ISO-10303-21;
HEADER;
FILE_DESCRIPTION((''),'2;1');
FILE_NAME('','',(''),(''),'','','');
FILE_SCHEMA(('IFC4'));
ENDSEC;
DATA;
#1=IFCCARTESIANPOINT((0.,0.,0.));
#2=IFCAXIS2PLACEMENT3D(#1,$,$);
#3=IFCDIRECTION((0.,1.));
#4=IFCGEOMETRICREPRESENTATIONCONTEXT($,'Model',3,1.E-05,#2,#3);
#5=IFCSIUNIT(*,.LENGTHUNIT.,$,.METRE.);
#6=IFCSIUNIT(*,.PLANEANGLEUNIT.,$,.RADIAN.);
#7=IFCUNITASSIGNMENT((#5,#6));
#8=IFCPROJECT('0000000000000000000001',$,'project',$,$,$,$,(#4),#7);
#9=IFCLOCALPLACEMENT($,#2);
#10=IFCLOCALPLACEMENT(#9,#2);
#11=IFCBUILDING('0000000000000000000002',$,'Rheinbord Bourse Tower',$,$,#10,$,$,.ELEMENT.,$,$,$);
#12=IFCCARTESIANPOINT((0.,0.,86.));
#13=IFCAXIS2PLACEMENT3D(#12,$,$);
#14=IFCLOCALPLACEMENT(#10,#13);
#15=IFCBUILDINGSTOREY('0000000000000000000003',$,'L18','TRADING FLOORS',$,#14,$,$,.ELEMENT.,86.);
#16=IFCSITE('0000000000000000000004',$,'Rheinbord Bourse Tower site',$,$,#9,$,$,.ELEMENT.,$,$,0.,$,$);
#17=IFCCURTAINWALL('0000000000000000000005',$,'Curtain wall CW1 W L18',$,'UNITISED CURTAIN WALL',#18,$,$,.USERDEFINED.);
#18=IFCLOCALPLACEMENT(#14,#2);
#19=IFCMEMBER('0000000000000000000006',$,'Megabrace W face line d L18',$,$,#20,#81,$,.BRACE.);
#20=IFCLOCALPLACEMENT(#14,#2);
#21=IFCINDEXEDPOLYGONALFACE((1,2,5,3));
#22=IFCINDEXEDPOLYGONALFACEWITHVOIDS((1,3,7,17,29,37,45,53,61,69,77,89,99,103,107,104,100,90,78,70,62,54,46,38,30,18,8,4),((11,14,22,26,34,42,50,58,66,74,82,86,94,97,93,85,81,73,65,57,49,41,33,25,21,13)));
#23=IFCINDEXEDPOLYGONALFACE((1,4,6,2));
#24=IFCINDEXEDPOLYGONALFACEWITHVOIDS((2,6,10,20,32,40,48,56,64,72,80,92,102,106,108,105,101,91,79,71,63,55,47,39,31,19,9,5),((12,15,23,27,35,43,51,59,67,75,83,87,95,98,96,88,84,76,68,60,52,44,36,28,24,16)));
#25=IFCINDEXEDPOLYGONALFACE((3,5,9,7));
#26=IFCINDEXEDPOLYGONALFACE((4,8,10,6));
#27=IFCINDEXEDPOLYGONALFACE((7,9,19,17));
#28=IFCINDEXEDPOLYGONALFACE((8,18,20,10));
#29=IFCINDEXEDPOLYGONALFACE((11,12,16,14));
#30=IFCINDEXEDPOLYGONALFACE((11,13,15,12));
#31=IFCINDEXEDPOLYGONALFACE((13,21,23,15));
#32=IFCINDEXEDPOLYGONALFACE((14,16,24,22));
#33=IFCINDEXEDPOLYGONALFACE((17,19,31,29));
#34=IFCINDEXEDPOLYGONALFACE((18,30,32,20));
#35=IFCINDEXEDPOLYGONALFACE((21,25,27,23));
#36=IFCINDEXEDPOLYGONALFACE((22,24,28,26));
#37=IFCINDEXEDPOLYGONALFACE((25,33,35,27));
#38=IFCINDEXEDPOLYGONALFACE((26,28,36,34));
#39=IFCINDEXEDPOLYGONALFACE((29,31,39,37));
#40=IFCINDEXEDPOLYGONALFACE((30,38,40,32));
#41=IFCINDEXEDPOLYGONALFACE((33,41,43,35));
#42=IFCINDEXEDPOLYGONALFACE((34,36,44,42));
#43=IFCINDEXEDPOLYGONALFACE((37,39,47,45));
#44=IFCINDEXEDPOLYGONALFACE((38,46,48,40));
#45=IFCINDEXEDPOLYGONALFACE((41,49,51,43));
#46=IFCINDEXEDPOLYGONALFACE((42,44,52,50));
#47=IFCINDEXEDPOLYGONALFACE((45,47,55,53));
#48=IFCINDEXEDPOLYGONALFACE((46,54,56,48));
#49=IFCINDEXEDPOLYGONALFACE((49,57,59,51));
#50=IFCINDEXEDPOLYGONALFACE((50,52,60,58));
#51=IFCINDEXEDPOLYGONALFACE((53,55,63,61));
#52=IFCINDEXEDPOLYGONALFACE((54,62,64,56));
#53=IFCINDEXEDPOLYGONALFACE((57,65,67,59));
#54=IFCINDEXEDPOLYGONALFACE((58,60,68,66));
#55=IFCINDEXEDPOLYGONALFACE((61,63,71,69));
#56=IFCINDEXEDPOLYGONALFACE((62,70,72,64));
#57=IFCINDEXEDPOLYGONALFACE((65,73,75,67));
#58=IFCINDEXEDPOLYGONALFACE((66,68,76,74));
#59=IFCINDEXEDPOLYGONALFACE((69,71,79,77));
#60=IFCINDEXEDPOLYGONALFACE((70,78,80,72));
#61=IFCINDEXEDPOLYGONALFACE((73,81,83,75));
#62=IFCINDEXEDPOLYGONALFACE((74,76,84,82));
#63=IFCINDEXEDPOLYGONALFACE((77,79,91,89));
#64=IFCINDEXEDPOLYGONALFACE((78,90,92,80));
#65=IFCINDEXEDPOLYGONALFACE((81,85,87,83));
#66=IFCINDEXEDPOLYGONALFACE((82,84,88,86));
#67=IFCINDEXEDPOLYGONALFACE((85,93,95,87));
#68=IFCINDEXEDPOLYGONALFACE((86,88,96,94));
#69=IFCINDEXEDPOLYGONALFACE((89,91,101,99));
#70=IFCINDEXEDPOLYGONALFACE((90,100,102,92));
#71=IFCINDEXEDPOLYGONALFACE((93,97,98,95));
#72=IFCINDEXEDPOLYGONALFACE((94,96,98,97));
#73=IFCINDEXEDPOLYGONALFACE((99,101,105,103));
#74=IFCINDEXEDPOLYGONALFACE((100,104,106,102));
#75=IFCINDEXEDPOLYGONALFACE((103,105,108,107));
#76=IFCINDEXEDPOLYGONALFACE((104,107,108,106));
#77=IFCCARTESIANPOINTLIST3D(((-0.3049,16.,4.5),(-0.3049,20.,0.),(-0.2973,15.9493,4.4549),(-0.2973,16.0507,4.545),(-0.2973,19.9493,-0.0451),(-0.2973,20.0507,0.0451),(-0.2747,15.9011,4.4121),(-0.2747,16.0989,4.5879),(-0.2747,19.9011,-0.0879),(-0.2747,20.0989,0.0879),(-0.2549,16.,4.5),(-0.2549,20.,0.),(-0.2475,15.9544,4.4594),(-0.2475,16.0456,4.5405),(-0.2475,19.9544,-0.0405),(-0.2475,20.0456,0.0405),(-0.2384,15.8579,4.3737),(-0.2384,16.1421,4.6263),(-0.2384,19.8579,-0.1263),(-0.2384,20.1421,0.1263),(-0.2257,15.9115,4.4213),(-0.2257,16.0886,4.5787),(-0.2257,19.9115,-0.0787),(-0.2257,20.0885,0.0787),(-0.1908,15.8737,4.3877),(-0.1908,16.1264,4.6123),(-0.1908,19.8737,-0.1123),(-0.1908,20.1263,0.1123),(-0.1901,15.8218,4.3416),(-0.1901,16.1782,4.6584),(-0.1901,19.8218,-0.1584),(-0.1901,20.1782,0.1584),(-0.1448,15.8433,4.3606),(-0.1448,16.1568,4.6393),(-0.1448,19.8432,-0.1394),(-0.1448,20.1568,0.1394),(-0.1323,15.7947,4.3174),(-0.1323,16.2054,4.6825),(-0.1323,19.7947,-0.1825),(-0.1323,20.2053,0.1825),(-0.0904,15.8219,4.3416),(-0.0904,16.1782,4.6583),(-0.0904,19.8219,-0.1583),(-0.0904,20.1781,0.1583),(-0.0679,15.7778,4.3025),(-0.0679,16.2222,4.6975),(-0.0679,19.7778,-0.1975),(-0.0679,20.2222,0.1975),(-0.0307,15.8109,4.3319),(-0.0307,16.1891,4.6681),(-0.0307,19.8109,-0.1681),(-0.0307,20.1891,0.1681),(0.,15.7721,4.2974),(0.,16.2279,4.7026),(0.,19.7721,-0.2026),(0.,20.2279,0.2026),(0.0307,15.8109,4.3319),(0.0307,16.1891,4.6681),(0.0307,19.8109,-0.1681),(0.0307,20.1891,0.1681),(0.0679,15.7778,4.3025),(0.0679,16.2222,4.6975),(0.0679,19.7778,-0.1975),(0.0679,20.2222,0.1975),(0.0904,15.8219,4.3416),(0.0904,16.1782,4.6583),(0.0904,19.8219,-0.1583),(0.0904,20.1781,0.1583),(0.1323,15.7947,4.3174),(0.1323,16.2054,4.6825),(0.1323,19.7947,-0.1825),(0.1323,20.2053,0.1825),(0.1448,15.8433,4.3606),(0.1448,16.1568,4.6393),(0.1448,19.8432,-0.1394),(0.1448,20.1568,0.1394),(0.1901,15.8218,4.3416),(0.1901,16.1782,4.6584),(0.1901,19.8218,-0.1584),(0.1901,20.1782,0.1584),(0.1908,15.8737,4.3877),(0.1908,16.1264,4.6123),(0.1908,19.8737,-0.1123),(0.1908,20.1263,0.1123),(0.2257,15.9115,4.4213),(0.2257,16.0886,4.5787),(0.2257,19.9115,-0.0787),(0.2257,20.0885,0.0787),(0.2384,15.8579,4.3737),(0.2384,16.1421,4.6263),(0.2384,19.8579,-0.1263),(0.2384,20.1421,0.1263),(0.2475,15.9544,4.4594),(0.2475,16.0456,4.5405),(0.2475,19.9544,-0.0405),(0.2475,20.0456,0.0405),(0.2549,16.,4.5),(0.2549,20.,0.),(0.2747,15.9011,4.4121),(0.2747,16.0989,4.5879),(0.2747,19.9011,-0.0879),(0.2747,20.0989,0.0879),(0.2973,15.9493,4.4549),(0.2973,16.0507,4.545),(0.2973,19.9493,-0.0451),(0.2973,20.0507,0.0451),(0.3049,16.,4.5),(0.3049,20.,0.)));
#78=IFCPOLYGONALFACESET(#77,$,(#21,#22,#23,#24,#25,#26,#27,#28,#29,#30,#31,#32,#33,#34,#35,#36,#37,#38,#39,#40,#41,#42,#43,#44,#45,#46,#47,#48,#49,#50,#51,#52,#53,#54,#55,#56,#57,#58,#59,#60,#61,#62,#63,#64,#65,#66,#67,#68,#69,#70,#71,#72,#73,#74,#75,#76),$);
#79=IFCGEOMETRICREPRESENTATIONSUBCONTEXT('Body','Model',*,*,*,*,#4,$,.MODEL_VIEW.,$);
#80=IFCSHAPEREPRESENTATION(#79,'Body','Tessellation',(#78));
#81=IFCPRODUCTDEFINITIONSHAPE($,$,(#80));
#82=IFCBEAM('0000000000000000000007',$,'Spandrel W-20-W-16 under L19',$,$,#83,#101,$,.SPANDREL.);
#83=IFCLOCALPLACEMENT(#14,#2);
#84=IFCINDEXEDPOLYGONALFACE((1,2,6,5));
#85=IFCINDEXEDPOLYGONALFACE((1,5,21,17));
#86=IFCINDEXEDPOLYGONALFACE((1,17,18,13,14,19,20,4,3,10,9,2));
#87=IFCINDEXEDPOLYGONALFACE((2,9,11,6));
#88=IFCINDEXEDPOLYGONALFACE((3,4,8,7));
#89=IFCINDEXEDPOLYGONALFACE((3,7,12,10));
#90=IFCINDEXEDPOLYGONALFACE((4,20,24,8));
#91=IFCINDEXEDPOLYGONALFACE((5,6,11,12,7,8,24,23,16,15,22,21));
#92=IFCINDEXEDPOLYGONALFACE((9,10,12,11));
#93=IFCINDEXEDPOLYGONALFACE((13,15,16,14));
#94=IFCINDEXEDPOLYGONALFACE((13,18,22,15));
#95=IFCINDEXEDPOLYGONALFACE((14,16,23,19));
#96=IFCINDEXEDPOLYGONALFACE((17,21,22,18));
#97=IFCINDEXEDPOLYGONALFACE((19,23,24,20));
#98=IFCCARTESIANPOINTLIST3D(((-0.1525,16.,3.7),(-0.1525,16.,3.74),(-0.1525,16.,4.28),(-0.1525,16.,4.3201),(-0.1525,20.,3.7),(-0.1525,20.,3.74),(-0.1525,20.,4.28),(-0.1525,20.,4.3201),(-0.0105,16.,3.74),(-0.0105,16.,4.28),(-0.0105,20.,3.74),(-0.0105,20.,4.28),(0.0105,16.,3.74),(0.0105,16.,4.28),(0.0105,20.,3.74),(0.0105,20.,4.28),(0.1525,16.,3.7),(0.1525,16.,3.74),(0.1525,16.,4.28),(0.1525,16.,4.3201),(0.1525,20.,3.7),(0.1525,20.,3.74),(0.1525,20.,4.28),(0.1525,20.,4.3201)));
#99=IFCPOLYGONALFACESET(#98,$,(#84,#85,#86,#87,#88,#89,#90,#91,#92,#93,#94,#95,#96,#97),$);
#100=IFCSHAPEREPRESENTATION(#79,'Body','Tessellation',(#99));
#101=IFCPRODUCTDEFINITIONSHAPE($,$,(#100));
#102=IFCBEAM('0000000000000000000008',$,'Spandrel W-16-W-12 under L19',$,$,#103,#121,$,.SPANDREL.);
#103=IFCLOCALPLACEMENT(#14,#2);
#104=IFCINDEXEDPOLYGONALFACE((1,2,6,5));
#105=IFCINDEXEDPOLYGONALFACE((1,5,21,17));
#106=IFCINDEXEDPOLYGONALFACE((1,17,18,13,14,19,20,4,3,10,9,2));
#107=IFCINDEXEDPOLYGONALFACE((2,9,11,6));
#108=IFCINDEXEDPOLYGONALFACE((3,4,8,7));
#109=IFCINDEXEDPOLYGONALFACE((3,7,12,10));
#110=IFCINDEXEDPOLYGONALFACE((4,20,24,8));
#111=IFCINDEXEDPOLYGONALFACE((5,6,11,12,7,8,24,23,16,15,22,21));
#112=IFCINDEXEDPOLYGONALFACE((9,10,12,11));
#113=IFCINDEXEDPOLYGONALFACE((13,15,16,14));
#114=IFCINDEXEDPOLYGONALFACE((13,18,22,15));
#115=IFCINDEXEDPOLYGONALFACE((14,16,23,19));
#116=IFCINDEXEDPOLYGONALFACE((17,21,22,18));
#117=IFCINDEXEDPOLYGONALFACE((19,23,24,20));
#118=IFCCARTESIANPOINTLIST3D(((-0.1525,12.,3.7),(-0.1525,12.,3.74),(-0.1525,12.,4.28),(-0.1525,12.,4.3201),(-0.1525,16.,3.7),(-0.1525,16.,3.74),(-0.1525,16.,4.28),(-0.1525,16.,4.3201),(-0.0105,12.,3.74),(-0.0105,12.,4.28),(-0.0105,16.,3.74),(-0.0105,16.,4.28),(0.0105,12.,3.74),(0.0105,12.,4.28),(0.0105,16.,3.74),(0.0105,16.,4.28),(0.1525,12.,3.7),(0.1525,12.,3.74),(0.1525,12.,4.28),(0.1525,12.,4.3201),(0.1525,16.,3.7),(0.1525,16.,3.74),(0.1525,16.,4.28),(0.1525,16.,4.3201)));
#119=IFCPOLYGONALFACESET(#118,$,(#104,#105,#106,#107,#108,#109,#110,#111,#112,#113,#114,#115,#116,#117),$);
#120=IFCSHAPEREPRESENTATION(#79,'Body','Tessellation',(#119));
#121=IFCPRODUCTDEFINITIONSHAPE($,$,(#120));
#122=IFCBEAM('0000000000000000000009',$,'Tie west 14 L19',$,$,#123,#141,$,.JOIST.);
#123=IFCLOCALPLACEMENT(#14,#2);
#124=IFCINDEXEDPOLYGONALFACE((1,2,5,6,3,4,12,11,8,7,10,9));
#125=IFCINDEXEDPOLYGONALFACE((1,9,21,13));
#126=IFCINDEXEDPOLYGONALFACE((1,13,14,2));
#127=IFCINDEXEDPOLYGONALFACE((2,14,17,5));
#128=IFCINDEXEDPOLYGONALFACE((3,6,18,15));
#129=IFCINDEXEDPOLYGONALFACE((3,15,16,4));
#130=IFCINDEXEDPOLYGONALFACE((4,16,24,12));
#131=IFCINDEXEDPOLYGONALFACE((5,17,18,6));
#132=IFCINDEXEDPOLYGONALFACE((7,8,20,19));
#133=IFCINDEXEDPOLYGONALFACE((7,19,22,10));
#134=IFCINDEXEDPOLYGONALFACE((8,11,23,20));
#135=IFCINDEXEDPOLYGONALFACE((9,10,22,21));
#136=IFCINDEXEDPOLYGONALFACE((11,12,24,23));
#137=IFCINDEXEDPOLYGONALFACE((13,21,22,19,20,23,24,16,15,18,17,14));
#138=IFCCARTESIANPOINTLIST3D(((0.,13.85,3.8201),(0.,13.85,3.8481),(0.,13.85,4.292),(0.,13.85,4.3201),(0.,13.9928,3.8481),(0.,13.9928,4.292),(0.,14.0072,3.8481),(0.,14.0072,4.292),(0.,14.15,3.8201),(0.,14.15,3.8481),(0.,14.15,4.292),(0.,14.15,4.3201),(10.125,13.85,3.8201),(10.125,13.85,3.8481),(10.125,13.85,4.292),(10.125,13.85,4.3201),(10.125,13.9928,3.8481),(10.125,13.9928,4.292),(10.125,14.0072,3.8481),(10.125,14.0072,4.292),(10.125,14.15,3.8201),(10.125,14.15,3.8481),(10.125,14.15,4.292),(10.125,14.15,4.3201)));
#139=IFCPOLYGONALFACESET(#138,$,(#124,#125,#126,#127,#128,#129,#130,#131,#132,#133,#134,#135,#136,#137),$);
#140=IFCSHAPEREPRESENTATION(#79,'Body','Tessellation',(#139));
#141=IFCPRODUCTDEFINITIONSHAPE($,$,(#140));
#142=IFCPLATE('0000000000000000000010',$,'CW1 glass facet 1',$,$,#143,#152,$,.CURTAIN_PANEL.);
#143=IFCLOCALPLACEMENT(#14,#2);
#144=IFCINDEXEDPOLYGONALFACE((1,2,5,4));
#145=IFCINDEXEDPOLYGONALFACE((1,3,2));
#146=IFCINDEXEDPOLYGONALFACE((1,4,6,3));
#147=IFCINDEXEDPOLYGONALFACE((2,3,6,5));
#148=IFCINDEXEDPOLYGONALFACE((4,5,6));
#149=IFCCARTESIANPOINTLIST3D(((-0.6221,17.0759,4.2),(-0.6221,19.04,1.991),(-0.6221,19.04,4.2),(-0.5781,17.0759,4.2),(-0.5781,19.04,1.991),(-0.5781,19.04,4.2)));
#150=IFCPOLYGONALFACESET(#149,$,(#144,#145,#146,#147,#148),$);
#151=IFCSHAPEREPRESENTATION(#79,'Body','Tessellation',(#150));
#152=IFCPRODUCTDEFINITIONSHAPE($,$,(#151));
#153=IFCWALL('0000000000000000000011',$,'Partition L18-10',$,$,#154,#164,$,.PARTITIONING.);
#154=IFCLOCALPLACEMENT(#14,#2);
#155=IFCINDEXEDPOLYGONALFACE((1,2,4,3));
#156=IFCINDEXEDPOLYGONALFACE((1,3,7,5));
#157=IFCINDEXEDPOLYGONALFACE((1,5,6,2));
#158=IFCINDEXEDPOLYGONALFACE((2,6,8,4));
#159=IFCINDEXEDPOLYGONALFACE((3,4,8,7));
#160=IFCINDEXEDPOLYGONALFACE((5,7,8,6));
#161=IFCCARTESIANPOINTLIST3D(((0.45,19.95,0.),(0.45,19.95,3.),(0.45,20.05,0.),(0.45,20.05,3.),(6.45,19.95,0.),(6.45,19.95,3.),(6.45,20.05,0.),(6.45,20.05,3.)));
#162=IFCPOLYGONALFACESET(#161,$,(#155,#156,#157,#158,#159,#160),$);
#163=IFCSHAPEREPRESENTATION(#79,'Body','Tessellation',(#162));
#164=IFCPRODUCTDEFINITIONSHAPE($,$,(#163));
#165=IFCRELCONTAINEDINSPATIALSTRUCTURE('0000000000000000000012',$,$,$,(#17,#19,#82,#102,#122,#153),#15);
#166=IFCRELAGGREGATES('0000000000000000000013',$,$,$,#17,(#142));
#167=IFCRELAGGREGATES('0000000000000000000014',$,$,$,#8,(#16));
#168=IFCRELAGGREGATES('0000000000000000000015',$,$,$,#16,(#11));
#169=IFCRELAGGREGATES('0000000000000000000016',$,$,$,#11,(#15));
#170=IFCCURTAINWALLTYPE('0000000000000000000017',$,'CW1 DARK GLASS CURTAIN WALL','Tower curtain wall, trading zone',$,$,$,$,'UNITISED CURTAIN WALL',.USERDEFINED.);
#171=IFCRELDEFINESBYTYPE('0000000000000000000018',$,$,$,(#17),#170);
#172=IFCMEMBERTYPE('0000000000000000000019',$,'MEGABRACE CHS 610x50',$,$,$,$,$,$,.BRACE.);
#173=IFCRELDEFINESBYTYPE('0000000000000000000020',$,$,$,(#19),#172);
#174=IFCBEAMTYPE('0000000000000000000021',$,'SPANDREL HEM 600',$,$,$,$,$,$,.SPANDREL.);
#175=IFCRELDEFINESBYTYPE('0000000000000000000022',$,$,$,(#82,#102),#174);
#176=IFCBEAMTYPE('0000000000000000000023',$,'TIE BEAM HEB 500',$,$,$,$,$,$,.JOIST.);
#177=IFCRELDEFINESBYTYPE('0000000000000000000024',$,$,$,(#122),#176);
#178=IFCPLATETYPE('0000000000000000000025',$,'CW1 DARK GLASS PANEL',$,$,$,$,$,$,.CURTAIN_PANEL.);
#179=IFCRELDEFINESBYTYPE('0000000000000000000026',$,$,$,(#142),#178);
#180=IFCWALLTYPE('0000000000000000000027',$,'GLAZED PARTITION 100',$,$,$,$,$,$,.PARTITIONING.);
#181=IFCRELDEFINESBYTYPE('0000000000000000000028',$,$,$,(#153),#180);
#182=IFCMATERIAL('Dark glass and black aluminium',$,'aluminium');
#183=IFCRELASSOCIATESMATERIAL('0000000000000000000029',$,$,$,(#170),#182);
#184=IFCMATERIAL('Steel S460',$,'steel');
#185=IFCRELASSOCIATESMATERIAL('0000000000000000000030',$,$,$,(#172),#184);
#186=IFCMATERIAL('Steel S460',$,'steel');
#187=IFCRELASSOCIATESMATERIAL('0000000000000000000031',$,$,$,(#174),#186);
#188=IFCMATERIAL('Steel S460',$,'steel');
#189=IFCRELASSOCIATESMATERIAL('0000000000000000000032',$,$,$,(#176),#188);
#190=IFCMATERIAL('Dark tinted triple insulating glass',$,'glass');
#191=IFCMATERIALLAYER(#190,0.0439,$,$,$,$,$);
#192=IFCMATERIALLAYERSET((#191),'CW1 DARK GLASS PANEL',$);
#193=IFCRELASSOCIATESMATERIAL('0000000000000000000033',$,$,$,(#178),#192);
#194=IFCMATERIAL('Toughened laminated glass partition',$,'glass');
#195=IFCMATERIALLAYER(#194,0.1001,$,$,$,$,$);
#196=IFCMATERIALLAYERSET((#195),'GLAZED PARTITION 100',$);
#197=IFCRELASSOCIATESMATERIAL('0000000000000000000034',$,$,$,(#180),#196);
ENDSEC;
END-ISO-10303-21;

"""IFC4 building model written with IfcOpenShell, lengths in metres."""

from ifc_helpers import new_model, si_unit, direction, frame, frame_2d, origin, origin_2d, place, context, subcontext, project, spatial, polyline, rectangle, hollow_circle, i_section, outline, extrude, material, layer, layer_set, material_profile, profile_set, type_object, element, aggregate, save


model = new_model("IFC4")

# Units and contexts
model_context = context("Model", 3, precision=1e-05, world=origin(), true_north=direction((0.0, 1.0)))
body_context = subcontext(model_context, "Body", "Model", "MODEL_VIEW")
ifc_project = project(units=[si_unit("LENGTHUNIT", "METRE"), si_unit("PLANEANGLEUNIT", "RADIAN")], contexts=[model_context])

# Site, building, storey
site_placement = place(None, origin())
site = spatial("IfcSite", under=ifc_project, at=site_placement, Name="Rheinbord Bourse Tower site", CompositionType="ELEMENT", RefElevation=0.0)
building_placement = place(site_placement, origin())
building = spatial("IfcBuilding", under=site, at=building_placement, Name="Rheinbord Bourse Tower", CompositionType="ELEMENT")
storey_placement = place(building_placement, frame((0.0, 0.0, 86.0)))
storey = spatial("IfcBuildingStorey", under=building, at=storey_placement, Name="L18", Description="TRADING FLOORS", CompositionType="ELEMENT", Elevation=86.0)

# Curtain wall
ifc_material_1 = material(Name="Dark glass and black aluminium", Category="aluminium")
curtain_wall_type = type_object("IfcCurtainWallType", Name="CW1 DARK GLASS CURTAIN WALL", Description="Tower curtain wall, trading zone", ElementType="UNITISED CURTAIN WALL", PredefinedType="USERDEFINED", material=ifc_material_1)
curtain_wall_placement = place(storey_placement, origin())
curtain_wall = element("IfcCurtainWall", 1, at=curtain_wall_placement, inside=storey, type_object=curtain_wall_type, Name="Curtain wall CW1 W L18", ObjectType="UNITISED CURTAIN WALL", PredefinedType="USERDEFINED")

# Member
ifc_material_2 = material(Name="Steel S460", Category="steel")
ifc_material_profile_1 = material_profile(ifc_material_2, hollow_circle(Radius=0.3049, WallThickness=0.05, at=origin_2d()), Name="CHS 610x50")
ifc_profile_set_1 = profile_set([ifc_material_profile_1], Name="Steel S460")
member_type_1 = type_object("IfcMemberType", Name="MEGABRACE CHS 610x50", PredefinedType="BRACE", material=ifc_profile_set_1)
member_1_placement = place(storey_placement, frame((0.0, 20.0, 0.0), z_axis=(0.0, -0.664364, 0.747409), x_axis=(1.0, 0.0, 0.0)))
element("IfcMember", 2, at=member_1_placement, inside=storey, type_object=member_type_1, Name="Megabrace W face line d L18", PredefinedType="BRACE", context=body_context, shape_type="SweptSolid", body=[
    extrude(hollow_circle(Radius=0.3049, WallThickness=0.05, at=origin_2d()), origin(), (0.0, 0.0, 1.0), 6.0208),
])

# Beams
ifc_material_3 = material(Name="Steel S460", Category="steel")
ifc_material_profile_2 = material_profile(ifc_material_3, i_section(OverallWidth=0.3049, OverallDepth=0.6201, WebThickness=0.021, FlangeThickness=0.04, at=origin_2d()), Name="HEM 600")
ifc_profile_set_2 = profile_set([ifc_material_profile_2], Name="Steel S460")
beam_type_1 = type_object("IfcBeamType", Name="SPANDREL HEM 600", PredefinedType="SPANDREL", material=ifc_profile_set_2)
for number, where, z_axis, x_axis, name in (
    (3, (0.0, 20.0, 4.01), (0.0, -1.0, 0.0), (1.0, 0.0, 0.0), "Spandrel W-20-W-16 under L19"),
    (4, (0.0, 16.0, 4.01), (0.0, -1.0, 0.0), (1.0, 0.0, 0.0), "Spandrel W-16-W-12 under L19"),
):
    element("IfcBeam", number, at=place(storey_placement, frame(where, z_axis=z_axis, x_axis=x_axis)), inside=storey, type_object=beam_type_1, Name=name, PredefinedType="SPANDREL", context=body_context, shape_type="SweptSolid", body=[
        extrude(i_section(OverallWidth=0.3049, OverallDepth=0.6201, WebThickness=0.021, FlangeThickness=0.04, at=origin_2d()), origin(), (0.0, 0.0, 1.0), 4.0),
    ])
ifc_material_4 = material(Name="Steel S460", Category="steel")
ifc_material_profile_3 = material_profile(ifc_material_4, i_section(OverallWidth=0.3, OverallDepth=0.5, WebThickness=0.0144, FlangeThickness=0.0281, at=origin_2d()), Name="HEB 500")
ifc_profile_set_3 = profile_set([ifc_material_profile_3], Name="Steel S460")
beam_type_2 = type_object("IfcBeamType", Name="TIE BEAM HEB 500", PredefinedType="JOIST", material=ifc_profile_set_3)
beam_1_placement = place(storey_placement, frame((0.0, 14.0, 4.0701), z_axis=(1.0, 0.0, 0.0), x_axis=(0.0, 1.0, 0.0)))
element("IfcBeam", 5, at=beam_1_placement, inside=storey, type_object=beam_type_2, Name="Tie west 14 L19", PredefinedType="JOIST", context=body_context, shape_type="SweptSolid", body=[
    extrude(i_section(OverallWidth=0.3, OverallDepth=0.5, WebThickness=0.0144, FlangeThickness=0.0281, at=origin_2d()), origin(), (0.0, 0.0, 1.0), 10.125),
])

# Plate
ifc_material_5 = material(Name="Dark tinted triple insulating glass", Category="glass")
ifc_layer_1 = layer(ifc_material_5, 0.0439)
ifc_layer_set_1 = layer_set([ifc_layer_1], Name="CW1 DARK GLASS PANEL")
plate_type = type_object("IfcPlateType", Name="CW1 DARK GLASS PANEL", PredefinedType="CURTAIN_PANEL", material=ifc_layer_set_1)
plate_placement = place(storey_placement, frame((-0.6221, 19.04, 4.2), z_axis=(1.0, 0.0, 0.0), x_axis=(0.0, -1.0, 0.0)))
plate = element("IfcPlate", 6, at=plate_placement, type_object=plate_type, Name="CW1 glass facet 1", PredefinedType="CURTAIN_PANEL", context=body_context, shape_type="SweptSolid", body=[
    extrude(outline(polyline([(0.0, 0.0), (1.9641, 0.0), (0.0, 2.209), (0.0, 0.0)])), origin(), (0.0, 0.0, 1.0), 0.0439),
])
aggregate(curtain_wall, [plate])

# Wall
ifc_material_6 = material(Name="Toughened laminated glass partition", Category="glass")
ifc_layer_2 = layer(ifc_material_6, 0.1001)
ifc_layer_set_2 = layer_set([ifc_layer_2], Name="GLAZED PARTITION 100")
wall_type = type_object("IfcWallType", Name="GLAZED PARTITION 100", PredefinedType="PARTITIONING", material=ifc_layer_set_2)
wall_1_placement = place(storey_placement, frame((0.45, 20.0, 0.0), z_axis=(0.0, 0.0, 1.0), x_axis=(1.0, 0.0, 0.0)))
element("IfcWall", 7, at=wall_1_placement, inside=storey, type_object=wall_type, Name="Partition L18-10", PredefinedType="PARTITIONING", context=body_context, shape_type="SweptSolid", body=[
    extrude(rectangle(XDim=6.0, YDim=0.1001, at=frame_2d((3.0, 0.0))), origin(), (0.0, 0.0, 1.0), 3.0),
])

save(model, "model.ifc")
